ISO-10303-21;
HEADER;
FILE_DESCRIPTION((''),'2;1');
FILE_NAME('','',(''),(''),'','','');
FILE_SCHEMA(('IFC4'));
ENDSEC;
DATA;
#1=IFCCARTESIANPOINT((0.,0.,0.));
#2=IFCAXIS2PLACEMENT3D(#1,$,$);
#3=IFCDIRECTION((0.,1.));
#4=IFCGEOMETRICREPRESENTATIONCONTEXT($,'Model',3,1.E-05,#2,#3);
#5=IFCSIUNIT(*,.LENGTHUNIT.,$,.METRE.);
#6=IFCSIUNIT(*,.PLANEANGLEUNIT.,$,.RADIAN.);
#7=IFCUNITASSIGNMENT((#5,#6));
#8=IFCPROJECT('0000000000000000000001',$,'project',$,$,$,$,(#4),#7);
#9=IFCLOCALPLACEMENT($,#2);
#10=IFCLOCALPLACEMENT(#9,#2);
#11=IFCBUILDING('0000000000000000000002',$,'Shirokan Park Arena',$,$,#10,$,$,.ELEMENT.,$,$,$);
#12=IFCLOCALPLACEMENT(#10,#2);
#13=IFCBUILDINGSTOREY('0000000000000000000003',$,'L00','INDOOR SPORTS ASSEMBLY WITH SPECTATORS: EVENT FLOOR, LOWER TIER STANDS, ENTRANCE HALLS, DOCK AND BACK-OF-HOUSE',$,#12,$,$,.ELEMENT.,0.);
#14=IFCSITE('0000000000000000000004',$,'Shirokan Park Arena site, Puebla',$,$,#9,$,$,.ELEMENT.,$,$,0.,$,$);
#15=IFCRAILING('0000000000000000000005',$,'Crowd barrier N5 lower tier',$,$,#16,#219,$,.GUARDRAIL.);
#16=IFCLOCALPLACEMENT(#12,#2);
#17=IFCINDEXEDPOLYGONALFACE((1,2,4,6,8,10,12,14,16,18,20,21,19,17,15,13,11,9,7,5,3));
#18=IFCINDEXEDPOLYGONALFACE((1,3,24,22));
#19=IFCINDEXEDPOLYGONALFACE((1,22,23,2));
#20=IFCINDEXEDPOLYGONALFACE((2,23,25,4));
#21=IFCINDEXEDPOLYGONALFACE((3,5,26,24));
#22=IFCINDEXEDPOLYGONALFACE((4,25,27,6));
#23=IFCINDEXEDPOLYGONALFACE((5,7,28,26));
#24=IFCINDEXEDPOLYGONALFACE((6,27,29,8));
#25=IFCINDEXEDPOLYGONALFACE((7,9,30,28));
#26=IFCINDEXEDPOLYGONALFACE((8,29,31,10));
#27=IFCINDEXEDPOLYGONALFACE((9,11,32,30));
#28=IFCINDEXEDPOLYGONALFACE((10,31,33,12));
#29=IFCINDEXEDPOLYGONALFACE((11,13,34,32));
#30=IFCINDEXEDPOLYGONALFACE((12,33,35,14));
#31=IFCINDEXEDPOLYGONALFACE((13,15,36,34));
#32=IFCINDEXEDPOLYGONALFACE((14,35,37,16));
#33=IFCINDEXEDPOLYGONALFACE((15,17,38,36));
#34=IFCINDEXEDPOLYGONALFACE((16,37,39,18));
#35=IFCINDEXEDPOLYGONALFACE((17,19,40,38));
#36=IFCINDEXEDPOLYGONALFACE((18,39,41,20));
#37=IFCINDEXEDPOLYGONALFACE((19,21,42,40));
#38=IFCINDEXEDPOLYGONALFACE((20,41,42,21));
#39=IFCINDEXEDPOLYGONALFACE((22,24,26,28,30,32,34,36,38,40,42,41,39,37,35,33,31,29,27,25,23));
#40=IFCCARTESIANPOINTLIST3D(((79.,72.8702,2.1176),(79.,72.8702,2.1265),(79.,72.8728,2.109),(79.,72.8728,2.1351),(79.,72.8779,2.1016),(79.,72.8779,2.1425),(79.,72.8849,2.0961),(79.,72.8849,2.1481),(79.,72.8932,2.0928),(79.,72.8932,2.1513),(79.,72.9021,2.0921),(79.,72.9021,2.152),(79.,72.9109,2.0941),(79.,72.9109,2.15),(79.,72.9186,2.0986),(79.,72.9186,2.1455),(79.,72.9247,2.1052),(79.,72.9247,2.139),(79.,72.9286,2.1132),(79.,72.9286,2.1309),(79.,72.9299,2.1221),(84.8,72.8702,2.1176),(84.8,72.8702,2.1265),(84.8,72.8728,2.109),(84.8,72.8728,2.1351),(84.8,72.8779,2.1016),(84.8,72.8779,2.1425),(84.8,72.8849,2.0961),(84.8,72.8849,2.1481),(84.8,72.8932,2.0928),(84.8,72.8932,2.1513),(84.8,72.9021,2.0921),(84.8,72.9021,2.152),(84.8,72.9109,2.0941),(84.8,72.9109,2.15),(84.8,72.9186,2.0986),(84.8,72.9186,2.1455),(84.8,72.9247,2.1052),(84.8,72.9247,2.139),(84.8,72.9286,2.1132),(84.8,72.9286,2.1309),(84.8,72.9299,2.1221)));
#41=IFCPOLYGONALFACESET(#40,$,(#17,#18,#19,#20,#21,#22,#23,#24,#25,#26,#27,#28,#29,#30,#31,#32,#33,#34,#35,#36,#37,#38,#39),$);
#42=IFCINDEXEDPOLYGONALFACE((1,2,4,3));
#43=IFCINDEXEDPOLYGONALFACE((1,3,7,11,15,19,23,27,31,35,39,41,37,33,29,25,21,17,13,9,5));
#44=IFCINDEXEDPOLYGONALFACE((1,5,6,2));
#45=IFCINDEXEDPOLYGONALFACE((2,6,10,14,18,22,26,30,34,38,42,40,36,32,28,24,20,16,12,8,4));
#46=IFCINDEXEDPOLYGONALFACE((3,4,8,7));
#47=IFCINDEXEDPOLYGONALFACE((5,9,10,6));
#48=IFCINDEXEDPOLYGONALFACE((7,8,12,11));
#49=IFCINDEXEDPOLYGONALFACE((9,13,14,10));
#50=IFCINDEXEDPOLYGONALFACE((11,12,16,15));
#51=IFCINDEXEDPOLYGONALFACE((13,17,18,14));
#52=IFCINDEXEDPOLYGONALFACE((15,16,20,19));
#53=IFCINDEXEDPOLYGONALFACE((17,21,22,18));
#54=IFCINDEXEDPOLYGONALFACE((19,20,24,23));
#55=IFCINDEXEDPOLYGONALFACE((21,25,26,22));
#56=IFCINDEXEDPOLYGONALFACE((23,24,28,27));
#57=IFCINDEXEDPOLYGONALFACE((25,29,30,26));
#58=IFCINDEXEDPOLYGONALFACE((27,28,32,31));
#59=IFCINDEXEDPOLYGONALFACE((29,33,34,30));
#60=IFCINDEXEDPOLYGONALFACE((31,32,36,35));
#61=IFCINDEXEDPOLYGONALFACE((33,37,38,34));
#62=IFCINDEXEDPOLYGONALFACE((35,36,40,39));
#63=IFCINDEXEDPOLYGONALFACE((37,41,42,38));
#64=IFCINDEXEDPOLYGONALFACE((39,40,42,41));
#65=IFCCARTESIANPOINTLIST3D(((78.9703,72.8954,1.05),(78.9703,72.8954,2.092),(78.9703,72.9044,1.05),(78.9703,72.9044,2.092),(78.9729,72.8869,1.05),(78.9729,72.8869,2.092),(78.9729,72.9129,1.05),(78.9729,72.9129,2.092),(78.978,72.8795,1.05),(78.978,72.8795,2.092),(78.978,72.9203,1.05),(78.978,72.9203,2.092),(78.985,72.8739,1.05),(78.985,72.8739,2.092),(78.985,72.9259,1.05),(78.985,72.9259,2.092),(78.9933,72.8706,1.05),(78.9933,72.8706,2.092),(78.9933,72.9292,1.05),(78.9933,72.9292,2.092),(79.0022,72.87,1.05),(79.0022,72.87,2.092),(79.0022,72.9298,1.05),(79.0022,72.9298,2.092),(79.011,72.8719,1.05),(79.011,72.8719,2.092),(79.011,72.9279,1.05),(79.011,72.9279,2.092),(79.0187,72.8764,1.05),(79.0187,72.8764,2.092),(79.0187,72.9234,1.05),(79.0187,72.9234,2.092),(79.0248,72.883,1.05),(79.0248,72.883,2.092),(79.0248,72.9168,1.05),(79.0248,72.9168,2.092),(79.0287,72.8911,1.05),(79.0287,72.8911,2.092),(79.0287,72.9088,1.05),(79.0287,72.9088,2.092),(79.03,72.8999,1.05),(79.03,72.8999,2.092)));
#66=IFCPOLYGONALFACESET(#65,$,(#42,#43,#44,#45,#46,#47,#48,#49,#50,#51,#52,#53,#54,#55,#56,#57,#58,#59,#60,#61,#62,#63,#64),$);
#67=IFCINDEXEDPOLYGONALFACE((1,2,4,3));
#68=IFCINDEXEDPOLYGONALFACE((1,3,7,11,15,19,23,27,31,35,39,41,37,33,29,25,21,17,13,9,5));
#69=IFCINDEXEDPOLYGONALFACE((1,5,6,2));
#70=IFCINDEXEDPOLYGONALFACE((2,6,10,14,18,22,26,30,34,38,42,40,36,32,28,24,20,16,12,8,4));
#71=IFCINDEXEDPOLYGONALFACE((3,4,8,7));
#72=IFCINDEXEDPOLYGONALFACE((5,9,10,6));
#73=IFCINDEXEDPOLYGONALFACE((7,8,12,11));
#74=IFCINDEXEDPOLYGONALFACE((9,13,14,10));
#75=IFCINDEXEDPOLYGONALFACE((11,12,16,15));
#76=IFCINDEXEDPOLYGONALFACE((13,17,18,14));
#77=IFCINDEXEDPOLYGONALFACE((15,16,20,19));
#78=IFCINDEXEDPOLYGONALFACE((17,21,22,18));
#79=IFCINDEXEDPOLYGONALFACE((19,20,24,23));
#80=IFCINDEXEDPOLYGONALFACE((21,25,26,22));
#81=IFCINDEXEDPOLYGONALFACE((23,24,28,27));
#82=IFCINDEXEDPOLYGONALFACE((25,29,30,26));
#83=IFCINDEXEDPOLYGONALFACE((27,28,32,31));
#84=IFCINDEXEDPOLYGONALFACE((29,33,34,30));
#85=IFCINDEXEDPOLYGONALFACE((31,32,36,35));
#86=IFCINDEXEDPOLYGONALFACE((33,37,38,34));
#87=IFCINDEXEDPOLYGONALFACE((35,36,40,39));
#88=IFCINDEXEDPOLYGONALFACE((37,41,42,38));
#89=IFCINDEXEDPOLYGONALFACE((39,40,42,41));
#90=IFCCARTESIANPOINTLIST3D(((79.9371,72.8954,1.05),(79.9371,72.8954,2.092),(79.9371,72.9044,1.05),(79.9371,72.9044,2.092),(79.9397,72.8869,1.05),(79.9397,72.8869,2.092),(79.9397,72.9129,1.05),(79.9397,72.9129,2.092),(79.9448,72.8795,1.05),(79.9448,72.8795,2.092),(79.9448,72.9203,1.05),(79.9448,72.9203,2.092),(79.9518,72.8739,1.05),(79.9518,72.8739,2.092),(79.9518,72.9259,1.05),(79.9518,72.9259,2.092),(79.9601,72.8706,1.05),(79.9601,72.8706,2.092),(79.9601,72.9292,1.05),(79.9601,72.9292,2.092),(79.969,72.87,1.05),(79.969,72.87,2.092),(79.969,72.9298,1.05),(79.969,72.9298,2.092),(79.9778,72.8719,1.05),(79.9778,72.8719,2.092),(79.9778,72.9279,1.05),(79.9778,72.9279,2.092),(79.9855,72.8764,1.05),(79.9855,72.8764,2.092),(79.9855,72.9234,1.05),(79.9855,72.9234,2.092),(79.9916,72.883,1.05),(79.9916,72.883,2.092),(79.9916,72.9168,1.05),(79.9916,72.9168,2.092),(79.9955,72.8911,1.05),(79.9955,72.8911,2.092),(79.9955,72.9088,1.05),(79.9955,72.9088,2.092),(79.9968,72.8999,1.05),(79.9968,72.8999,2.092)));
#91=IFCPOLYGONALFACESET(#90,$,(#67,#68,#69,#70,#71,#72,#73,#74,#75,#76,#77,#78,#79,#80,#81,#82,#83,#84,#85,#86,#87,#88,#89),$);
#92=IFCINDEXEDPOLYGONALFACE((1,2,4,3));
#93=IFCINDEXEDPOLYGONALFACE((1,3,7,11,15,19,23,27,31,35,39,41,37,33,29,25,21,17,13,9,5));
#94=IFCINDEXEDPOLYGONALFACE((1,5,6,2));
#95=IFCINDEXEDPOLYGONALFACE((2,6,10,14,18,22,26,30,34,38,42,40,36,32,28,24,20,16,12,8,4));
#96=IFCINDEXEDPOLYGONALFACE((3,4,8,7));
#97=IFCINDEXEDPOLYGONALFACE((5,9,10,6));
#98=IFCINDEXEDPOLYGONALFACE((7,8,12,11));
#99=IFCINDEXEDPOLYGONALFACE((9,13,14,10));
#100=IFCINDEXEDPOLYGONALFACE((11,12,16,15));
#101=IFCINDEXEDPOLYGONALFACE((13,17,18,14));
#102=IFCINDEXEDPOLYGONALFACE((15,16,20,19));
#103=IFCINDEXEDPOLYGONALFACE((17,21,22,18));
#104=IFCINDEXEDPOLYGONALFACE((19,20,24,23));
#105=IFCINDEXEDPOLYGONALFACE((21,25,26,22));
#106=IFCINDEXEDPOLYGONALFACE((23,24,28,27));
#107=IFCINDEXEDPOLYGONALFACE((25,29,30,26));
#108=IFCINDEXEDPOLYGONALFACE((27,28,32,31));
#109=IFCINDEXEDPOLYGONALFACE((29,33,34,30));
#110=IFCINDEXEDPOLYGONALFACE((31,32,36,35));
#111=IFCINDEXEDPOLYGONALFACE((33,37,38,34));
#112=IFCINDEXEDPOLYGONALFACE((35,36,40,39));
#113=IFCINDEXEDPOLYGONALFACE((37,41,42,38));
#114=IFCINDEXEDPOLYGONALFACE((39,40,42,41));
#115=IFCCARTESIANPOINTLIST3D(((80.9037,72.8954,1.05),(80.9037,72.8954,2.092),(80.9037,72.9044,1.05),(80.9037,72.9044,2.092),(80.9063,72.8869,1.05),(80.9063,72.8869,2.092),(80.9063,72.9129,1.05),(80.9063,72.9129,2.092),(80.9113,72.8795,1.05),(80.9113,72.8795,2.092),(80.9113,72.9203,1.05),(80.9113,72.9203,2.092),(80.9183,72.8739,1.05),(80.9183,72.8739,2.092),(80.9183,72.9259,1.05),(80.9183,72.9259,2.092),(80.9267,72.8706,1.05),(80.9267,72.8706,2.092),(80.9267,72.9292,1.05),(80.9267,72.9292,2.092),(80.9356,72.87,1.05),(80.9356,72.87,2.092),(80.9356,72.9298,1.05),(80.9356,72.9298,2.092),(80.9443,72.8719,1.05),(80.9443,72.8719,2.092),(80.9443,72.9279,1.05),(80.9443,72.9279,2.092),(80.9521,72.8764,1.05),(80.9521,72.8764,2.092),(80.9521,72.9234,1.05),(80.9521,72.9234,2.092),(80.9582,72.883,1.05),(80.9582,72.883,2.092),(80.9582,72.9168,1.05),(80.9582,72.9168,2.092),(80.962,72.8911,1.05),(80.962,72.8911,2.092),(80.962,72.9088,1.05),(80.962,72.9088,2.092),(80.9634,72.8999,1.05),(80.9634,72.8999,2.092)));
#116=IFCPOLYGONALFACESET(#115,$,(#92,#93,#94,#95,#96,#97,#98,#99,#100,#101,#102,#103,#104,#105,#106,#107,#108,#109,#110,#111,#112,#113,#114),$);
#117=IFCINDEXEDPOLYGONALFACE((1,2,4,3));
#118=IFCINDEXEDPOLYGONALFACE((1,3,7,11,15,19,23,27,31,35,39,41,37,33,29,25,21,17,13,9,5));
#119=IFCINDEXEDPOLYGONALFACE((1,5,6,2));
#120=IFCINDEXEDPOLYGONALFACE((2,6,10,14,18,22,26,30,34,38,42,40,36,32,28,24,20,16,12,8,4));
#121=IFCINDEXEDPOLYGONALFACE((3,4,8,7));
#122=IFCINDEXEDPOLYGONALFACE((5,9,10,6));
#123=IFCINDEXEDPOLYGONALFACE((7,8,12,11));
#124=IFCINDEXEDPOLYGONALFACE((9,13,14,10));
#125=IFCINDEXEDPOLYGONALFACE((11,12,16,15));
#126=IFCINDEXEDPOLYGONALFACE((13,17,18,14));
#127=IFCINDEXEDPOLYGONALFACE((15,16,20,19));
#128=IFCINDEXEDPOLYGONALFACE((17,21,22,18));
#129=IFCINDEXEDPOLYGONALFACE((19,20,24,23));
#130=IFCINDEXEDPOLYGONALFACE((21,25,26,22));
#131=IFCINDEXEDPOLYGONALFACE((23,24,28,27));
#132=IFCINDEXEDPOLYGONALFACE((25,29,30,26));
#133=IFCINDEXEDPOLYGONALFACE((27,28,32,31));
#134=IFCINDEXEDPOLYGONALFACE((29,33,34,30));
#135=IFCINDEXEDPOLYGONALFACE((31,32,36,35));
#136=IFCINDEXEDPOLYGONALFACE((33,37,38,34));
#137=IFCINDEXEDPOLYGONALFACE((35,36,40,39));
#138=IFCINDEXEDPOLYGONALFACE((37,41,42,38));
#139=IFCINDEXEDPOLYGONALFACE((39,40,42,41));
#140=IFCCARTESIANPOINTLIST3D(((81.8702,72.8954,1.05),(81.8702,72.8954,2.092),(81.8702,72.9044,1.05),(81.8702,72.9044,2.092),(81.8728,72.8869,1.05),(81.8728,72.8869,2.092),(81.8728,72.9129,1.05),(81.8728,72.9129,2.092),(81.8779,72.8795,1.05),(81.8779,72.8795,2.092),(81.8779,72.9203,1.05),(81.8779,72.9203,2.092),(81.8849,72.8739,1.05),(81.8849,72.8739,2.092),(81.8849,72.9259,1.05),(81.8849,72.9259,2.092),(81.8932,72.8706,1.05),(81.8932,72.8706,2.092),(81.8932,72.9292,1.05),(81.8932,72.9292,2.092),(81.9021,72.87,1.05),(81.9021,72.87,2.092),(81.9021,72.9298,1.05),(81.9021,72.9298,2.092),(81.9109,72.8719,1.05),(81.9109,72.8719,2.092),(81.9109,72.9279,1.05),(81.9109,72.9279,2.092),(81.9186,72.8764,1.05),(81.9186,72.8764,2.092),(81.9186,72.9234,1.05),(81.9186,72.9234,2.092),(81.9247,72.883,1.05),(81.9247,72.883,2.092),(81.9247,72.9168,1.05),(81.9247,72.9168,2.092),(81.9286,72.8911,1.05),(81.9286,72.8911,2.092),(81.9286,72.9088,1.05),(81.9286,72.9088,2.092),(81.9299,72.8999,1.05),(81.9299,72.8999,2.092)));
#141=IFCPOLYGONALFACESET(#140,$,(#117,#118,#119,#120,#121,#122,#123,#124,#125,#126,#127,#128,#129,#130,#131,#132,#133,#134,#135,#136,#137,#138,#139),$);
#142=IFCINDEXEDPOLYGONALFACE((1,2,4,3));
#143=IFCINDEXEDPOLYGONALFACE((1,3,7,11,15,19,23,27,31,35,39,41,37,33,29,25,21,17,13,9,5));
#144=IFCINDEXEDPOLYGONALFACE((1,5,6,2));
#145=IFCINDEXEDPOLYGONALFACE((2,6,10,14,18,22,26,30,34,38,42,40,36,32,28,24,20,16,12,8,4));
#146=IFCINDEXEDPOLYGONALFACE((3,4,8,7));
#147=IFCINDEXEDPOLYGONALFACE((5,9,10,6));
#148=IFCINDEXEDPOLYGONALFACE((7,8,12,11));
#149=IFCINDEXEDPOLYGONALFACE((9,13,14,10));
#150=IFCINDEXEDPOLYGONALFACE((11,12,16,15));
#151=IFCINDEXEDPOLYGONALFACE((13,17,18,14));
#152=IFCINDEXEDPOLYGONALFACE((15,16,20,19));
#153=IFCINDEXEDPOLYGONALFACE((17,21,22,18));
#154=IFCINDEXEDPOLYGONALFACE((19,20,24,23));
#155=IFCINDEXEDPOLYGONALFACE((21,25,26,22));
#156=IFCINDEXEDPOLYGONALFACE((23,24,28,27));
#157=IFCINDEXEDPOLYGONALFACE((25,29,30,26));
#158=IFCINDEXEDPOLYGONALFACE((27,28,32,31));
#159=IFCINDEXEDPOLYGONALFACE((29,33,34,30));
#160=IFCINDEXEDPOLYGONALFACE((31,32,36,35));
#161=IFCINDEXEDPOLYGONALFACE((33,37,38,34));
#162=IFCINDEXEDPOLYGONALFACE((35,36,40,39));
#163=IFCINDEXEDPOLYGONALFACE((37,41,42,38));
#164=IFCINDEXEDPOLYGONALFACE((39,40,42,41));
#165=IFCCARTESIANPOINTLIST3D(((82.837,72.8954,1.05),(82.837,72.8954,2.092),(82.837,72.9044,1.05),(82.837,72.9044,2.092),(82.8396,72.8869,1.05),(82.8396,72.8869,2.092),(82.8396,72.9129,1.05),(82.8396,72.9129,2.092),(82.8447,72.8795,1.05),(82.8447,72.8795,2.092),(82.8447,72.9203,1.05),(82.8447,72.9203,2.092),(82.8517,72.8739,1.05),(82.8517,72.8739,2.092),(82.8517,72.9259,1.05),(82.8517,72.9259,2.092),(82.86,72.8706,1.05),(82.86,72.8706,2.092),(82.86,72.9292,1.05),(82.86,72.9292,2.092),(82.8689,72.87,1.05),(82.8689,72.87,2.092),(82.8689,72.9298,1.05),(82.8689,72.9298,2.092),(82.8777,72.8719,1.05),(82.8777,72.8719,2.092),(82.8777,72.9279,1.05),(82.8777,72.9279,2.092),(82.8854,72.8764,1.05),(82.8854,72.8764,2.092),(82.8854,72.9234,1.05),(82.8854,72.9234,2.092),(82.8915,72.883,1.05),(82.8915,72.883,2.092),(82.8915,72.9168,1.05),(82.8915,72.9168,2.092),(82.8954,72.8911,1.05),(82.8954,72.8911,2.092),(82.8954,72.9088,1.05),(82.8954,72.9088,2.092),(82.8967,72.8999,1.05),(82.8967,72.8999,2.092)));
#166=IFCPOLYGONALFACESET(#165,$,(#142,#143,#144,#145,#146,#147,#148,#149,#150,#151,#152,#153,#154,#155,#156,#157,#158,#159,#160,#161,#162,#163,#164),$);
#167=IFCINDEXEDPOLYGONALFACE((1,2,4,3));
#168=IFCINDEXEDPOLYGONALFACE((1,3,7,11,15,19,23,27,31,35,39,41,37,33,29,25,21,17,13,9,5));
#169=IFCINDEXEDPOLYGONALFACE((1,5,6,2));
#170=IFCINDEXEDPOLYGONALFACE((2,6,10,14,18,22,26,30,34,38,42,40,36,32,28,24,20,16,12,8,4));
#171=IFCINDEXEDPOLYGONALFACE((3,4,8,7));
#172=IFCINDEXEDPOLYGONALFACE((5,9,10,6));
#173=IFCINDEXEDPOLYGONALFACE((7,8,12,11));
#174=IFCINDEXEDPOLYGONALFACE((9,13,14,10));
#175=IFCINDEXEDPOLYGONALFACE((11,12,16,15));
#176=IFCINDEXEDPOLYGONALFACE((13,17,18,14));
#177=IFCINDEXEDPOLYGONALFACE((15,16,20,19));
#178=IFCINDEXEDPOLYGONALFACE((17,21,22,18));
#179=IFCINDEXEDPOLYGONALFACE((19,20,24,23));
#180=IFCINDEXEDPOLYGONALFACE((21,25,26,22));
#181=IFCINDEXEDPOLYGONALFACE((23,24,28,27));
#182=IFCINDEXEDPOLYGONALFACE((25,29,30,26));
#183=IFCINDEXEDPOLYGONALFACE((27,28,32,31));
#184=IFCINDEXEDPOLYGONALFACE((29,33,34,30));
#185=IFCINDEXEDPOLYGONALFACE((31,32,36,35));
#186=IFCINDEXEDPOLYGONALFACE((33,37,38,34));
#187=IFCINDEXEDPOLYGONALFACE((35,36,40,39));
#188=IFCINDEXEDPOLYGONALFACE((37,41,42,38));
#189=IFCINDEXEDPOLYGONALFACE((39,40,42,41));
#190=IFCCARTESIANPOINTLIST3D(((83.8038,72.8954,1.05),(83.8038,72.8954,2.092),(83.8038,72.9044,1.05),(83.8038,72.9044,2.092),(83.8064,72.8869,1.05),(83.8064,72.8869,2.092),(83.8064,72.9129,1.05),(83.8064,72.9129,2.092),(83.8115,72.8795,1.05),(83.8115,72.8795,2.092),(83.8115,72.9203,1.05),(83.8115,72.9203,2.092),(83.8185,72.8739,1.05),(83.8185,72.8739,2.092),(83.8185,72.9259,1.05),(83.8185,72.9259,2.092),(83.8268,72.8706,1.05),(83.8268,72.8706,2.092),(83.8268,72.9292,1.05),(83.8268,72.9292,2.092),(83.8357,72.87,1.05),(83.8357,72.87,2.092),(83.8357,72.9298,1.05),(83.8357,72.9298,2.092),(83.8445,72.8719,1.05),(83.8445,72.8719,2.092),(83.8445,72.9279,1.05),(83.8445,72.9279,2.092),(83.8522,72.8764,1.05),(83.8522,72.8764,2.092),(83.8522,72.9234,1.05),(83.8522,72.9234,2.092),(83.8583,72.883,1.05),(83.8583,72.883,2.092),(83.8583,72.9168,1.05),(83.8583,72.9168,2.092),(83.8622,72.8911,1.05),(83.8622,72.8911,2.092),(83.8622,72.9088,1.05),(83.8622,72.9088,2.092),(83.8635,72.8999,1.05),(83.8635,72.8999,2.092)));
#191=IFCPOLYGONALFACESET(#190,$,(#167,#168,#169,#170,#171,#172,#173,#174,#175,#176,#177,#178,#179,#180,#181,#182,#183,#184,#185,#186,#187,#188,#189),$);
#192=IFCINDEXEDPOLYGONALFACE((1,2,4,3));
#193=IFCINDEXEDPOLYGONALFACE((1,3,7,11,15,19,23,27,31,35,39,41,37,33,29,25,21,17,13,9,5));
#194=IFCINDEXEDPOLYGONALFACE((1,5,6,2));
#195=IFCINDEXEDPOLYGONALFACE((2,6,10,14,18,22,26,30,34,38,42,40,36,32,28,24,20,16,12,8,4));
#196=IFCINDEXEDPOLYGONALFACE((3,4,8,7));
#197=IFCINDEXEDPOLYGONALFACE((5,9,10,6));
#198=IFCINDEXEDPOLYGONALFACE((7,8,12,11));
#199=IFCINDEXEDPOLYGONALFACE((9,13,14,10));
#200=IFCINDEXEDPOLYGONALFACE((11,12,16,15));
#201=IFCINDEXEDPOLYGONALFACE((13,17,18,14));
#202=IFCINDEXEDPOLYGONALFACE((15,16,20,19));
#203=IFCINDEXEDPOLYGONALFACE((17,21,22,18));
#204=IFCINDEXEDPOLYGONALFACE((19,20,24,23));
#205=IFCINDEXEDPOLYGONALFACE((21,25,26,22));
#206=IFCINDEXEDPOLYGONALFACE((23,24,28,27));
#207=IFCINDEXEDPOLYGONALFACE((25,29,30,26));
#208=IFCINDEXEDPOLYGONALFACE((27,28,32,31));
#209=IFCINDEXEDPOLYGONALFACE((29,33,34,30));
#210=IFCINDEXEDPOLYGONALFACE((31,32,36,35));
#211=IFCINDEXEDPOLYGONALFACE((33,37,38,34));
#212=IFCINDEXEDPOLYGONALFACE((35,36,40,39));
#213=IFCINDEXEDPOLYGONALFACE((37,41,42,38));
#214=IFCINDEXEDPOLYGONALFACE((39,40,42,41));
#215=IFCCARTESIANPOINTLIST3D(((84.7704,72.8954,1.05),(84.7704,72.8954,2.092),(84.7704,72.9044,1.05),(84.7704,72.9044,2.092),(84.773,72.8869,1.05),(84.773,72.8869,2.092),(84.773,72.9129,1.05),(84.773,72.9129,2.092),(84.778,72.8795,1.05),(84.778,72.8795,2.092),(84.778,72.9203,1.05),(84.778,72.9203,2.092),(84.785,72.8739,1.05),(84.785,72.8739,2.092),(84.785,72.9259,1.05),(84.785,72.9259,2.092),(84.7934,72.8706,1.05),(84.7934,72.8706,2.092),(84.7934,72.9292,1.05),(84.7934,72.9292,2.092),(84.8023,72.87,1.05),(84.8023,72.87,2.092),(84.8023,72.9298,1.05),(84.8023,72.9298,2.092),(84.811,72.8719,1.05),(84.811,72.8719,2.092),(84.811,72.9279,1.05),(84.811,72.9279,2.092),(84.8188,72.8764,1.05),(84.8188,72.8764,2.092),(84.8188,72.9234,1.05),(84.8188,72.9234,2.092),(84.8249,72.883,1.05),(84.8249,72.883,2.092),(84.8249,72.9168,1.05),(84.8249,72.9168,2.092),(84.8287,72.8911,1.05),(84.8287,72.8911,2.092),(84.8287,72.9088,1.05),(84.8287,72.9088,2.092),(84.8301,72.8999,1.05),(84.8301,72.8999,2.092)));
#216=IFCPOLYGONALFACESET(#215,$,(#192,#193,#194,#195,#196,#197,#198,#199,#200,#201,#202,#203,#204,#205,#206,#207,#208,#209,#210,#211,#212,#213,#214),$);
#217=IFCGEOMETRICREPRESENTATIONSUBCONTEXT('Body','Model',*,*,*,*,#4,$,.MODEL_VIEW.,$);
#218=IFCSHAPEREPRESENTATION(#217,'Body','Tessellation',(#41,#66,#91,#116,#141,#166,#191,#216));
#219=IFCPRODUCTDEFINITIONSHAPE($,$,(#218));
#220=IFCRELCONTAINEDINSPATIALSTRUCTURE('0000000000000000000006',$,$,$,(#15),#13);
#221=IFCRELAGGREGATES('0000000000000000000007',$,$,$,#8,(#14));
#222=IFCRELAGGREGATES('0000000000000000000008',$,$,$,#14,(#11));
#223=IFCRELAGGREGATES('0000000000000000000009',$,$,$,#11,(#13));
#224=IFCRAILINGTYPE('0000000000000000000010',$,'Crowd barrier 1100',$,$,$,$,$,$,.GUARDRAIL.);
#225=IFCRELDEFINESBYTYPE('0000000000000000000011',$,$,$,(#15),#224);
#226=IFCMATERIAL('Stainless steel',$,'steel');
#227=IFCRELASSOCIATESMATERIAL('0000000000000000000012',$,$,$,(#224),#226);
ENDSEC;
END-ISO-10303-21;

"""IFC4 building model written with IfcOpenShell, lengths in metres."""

from ifc_helpers import new_model, si_unit, direction, frame, origin, origin_2d, place, context, subcontext, project, spatial, circle, extrude, material, type_object, element, save


model = new_model("IFC4")

# Units and contexts
model_context = context("Model", 3, precision=1e-05, world=origin(), true_north=direction((0.0, 1.0)))
body_context = subcontext(model_context, "Body", "Model", "MODEL_VIEW")
ifc_project = project(units=[si_unit("LENGTHUNIT", "METRE"), si_unit("PLANEANGLEUNIT", "RADIAN")], contexts=[model_context])

# Site, building, storey
site_placement = place(None, origin())
site = spatial("IfcSite", under=ifc_project, at=site_placement, Name="Shirokan Park Arena site, Puebla", CompositionType="ELEMENT", RefElevation=0.0)
building_placement = place(site_placement, origin())
building = spatial("IfcBuilding", under=site, at=building_placement, Name="Shirokan Park Arena", CompositionType="ELEMENT")
storey_placement = place(building_placement, origin())
storey = spatial("IfcBuildingStorey", under=building, at=storey_placement, Name="L00", Description="INDOOR SPORTS ASSEMBLY WITH SPECTATORS: EVENT FLOOR, LOWER TIER STANDS, ENTRANCE HALLS, DOCK AND BACK-OF-HOUSE", CompositionType="ELEMENT", Elevation=0.0)

# Railing
ifc_material_1 = material(Name="Stainless steel", Category="steel")
railing_type_1 = type_object("IfcRailingType", Name="Crowd barrier 1100", PredefinedType="GUARDRAIL", material=ifc_material_1)
for number, where, name in (
    (1, (79.0, 72.8999, 1.05), "Crowd barrier N5 lower tier"),
):
    element("IfcRailing", number, at=place(storey_placement, frame(where)), inside=storey, type_object=railing_type_1, Name=name, PredefinedType="GUARDRAIL", context=body_context, shape_type="SweptSolid", body=[
        extrude(circle(Radius=0.03, at=origin_2d()), frame((0.0, 0.0, 1.072), z_axis=(1.0, 0.0, 0.0), x_axis=(0.0, 1.0, 0.0)), (0.0, 0.0, 1.0), 5.8),
        extrude(circle(Radius=0.03, at=origin_2d()), origin(), (0.0, 0.0, 1.0), 1.042),
        extrude(circle(Radius=0.03, at=origin_2d()), frame((0.9668, 0.0, 0.0)), (0.0, 0.0, 1.0), 1.042),
        extrude(circle(Radius=0.03, at=origin_2d()), frame((1.9333, 0.0, 0.0)), (0.0, 0.0, 1.0), 1.042),
        extrude(circle(Radius=0.03, at=origin_2d()), frame((2.8999, 0.0, 0.0)), (0.0, 0.0, 1.0), 1.042),
        extrude(circle(Radius=0.03, at=origin_2d()), frame((3.8667, 0.0, 0.0)), (0.0, 0.0, 1.0), 1.042),
        extrude(circle(Radius=0.03, at=origin_2d()), frame((4.8335, 0.0, 0.0)), (0.0, 0.0, 1.0), 1.042),
        extrude(circle(Radius=0.03, at=origin_2d()), frame((5.8, 0.0, 0.0)), (0.0, 0.0, 1.0), 1.042),
    ])

save(model, "model.ifc")
